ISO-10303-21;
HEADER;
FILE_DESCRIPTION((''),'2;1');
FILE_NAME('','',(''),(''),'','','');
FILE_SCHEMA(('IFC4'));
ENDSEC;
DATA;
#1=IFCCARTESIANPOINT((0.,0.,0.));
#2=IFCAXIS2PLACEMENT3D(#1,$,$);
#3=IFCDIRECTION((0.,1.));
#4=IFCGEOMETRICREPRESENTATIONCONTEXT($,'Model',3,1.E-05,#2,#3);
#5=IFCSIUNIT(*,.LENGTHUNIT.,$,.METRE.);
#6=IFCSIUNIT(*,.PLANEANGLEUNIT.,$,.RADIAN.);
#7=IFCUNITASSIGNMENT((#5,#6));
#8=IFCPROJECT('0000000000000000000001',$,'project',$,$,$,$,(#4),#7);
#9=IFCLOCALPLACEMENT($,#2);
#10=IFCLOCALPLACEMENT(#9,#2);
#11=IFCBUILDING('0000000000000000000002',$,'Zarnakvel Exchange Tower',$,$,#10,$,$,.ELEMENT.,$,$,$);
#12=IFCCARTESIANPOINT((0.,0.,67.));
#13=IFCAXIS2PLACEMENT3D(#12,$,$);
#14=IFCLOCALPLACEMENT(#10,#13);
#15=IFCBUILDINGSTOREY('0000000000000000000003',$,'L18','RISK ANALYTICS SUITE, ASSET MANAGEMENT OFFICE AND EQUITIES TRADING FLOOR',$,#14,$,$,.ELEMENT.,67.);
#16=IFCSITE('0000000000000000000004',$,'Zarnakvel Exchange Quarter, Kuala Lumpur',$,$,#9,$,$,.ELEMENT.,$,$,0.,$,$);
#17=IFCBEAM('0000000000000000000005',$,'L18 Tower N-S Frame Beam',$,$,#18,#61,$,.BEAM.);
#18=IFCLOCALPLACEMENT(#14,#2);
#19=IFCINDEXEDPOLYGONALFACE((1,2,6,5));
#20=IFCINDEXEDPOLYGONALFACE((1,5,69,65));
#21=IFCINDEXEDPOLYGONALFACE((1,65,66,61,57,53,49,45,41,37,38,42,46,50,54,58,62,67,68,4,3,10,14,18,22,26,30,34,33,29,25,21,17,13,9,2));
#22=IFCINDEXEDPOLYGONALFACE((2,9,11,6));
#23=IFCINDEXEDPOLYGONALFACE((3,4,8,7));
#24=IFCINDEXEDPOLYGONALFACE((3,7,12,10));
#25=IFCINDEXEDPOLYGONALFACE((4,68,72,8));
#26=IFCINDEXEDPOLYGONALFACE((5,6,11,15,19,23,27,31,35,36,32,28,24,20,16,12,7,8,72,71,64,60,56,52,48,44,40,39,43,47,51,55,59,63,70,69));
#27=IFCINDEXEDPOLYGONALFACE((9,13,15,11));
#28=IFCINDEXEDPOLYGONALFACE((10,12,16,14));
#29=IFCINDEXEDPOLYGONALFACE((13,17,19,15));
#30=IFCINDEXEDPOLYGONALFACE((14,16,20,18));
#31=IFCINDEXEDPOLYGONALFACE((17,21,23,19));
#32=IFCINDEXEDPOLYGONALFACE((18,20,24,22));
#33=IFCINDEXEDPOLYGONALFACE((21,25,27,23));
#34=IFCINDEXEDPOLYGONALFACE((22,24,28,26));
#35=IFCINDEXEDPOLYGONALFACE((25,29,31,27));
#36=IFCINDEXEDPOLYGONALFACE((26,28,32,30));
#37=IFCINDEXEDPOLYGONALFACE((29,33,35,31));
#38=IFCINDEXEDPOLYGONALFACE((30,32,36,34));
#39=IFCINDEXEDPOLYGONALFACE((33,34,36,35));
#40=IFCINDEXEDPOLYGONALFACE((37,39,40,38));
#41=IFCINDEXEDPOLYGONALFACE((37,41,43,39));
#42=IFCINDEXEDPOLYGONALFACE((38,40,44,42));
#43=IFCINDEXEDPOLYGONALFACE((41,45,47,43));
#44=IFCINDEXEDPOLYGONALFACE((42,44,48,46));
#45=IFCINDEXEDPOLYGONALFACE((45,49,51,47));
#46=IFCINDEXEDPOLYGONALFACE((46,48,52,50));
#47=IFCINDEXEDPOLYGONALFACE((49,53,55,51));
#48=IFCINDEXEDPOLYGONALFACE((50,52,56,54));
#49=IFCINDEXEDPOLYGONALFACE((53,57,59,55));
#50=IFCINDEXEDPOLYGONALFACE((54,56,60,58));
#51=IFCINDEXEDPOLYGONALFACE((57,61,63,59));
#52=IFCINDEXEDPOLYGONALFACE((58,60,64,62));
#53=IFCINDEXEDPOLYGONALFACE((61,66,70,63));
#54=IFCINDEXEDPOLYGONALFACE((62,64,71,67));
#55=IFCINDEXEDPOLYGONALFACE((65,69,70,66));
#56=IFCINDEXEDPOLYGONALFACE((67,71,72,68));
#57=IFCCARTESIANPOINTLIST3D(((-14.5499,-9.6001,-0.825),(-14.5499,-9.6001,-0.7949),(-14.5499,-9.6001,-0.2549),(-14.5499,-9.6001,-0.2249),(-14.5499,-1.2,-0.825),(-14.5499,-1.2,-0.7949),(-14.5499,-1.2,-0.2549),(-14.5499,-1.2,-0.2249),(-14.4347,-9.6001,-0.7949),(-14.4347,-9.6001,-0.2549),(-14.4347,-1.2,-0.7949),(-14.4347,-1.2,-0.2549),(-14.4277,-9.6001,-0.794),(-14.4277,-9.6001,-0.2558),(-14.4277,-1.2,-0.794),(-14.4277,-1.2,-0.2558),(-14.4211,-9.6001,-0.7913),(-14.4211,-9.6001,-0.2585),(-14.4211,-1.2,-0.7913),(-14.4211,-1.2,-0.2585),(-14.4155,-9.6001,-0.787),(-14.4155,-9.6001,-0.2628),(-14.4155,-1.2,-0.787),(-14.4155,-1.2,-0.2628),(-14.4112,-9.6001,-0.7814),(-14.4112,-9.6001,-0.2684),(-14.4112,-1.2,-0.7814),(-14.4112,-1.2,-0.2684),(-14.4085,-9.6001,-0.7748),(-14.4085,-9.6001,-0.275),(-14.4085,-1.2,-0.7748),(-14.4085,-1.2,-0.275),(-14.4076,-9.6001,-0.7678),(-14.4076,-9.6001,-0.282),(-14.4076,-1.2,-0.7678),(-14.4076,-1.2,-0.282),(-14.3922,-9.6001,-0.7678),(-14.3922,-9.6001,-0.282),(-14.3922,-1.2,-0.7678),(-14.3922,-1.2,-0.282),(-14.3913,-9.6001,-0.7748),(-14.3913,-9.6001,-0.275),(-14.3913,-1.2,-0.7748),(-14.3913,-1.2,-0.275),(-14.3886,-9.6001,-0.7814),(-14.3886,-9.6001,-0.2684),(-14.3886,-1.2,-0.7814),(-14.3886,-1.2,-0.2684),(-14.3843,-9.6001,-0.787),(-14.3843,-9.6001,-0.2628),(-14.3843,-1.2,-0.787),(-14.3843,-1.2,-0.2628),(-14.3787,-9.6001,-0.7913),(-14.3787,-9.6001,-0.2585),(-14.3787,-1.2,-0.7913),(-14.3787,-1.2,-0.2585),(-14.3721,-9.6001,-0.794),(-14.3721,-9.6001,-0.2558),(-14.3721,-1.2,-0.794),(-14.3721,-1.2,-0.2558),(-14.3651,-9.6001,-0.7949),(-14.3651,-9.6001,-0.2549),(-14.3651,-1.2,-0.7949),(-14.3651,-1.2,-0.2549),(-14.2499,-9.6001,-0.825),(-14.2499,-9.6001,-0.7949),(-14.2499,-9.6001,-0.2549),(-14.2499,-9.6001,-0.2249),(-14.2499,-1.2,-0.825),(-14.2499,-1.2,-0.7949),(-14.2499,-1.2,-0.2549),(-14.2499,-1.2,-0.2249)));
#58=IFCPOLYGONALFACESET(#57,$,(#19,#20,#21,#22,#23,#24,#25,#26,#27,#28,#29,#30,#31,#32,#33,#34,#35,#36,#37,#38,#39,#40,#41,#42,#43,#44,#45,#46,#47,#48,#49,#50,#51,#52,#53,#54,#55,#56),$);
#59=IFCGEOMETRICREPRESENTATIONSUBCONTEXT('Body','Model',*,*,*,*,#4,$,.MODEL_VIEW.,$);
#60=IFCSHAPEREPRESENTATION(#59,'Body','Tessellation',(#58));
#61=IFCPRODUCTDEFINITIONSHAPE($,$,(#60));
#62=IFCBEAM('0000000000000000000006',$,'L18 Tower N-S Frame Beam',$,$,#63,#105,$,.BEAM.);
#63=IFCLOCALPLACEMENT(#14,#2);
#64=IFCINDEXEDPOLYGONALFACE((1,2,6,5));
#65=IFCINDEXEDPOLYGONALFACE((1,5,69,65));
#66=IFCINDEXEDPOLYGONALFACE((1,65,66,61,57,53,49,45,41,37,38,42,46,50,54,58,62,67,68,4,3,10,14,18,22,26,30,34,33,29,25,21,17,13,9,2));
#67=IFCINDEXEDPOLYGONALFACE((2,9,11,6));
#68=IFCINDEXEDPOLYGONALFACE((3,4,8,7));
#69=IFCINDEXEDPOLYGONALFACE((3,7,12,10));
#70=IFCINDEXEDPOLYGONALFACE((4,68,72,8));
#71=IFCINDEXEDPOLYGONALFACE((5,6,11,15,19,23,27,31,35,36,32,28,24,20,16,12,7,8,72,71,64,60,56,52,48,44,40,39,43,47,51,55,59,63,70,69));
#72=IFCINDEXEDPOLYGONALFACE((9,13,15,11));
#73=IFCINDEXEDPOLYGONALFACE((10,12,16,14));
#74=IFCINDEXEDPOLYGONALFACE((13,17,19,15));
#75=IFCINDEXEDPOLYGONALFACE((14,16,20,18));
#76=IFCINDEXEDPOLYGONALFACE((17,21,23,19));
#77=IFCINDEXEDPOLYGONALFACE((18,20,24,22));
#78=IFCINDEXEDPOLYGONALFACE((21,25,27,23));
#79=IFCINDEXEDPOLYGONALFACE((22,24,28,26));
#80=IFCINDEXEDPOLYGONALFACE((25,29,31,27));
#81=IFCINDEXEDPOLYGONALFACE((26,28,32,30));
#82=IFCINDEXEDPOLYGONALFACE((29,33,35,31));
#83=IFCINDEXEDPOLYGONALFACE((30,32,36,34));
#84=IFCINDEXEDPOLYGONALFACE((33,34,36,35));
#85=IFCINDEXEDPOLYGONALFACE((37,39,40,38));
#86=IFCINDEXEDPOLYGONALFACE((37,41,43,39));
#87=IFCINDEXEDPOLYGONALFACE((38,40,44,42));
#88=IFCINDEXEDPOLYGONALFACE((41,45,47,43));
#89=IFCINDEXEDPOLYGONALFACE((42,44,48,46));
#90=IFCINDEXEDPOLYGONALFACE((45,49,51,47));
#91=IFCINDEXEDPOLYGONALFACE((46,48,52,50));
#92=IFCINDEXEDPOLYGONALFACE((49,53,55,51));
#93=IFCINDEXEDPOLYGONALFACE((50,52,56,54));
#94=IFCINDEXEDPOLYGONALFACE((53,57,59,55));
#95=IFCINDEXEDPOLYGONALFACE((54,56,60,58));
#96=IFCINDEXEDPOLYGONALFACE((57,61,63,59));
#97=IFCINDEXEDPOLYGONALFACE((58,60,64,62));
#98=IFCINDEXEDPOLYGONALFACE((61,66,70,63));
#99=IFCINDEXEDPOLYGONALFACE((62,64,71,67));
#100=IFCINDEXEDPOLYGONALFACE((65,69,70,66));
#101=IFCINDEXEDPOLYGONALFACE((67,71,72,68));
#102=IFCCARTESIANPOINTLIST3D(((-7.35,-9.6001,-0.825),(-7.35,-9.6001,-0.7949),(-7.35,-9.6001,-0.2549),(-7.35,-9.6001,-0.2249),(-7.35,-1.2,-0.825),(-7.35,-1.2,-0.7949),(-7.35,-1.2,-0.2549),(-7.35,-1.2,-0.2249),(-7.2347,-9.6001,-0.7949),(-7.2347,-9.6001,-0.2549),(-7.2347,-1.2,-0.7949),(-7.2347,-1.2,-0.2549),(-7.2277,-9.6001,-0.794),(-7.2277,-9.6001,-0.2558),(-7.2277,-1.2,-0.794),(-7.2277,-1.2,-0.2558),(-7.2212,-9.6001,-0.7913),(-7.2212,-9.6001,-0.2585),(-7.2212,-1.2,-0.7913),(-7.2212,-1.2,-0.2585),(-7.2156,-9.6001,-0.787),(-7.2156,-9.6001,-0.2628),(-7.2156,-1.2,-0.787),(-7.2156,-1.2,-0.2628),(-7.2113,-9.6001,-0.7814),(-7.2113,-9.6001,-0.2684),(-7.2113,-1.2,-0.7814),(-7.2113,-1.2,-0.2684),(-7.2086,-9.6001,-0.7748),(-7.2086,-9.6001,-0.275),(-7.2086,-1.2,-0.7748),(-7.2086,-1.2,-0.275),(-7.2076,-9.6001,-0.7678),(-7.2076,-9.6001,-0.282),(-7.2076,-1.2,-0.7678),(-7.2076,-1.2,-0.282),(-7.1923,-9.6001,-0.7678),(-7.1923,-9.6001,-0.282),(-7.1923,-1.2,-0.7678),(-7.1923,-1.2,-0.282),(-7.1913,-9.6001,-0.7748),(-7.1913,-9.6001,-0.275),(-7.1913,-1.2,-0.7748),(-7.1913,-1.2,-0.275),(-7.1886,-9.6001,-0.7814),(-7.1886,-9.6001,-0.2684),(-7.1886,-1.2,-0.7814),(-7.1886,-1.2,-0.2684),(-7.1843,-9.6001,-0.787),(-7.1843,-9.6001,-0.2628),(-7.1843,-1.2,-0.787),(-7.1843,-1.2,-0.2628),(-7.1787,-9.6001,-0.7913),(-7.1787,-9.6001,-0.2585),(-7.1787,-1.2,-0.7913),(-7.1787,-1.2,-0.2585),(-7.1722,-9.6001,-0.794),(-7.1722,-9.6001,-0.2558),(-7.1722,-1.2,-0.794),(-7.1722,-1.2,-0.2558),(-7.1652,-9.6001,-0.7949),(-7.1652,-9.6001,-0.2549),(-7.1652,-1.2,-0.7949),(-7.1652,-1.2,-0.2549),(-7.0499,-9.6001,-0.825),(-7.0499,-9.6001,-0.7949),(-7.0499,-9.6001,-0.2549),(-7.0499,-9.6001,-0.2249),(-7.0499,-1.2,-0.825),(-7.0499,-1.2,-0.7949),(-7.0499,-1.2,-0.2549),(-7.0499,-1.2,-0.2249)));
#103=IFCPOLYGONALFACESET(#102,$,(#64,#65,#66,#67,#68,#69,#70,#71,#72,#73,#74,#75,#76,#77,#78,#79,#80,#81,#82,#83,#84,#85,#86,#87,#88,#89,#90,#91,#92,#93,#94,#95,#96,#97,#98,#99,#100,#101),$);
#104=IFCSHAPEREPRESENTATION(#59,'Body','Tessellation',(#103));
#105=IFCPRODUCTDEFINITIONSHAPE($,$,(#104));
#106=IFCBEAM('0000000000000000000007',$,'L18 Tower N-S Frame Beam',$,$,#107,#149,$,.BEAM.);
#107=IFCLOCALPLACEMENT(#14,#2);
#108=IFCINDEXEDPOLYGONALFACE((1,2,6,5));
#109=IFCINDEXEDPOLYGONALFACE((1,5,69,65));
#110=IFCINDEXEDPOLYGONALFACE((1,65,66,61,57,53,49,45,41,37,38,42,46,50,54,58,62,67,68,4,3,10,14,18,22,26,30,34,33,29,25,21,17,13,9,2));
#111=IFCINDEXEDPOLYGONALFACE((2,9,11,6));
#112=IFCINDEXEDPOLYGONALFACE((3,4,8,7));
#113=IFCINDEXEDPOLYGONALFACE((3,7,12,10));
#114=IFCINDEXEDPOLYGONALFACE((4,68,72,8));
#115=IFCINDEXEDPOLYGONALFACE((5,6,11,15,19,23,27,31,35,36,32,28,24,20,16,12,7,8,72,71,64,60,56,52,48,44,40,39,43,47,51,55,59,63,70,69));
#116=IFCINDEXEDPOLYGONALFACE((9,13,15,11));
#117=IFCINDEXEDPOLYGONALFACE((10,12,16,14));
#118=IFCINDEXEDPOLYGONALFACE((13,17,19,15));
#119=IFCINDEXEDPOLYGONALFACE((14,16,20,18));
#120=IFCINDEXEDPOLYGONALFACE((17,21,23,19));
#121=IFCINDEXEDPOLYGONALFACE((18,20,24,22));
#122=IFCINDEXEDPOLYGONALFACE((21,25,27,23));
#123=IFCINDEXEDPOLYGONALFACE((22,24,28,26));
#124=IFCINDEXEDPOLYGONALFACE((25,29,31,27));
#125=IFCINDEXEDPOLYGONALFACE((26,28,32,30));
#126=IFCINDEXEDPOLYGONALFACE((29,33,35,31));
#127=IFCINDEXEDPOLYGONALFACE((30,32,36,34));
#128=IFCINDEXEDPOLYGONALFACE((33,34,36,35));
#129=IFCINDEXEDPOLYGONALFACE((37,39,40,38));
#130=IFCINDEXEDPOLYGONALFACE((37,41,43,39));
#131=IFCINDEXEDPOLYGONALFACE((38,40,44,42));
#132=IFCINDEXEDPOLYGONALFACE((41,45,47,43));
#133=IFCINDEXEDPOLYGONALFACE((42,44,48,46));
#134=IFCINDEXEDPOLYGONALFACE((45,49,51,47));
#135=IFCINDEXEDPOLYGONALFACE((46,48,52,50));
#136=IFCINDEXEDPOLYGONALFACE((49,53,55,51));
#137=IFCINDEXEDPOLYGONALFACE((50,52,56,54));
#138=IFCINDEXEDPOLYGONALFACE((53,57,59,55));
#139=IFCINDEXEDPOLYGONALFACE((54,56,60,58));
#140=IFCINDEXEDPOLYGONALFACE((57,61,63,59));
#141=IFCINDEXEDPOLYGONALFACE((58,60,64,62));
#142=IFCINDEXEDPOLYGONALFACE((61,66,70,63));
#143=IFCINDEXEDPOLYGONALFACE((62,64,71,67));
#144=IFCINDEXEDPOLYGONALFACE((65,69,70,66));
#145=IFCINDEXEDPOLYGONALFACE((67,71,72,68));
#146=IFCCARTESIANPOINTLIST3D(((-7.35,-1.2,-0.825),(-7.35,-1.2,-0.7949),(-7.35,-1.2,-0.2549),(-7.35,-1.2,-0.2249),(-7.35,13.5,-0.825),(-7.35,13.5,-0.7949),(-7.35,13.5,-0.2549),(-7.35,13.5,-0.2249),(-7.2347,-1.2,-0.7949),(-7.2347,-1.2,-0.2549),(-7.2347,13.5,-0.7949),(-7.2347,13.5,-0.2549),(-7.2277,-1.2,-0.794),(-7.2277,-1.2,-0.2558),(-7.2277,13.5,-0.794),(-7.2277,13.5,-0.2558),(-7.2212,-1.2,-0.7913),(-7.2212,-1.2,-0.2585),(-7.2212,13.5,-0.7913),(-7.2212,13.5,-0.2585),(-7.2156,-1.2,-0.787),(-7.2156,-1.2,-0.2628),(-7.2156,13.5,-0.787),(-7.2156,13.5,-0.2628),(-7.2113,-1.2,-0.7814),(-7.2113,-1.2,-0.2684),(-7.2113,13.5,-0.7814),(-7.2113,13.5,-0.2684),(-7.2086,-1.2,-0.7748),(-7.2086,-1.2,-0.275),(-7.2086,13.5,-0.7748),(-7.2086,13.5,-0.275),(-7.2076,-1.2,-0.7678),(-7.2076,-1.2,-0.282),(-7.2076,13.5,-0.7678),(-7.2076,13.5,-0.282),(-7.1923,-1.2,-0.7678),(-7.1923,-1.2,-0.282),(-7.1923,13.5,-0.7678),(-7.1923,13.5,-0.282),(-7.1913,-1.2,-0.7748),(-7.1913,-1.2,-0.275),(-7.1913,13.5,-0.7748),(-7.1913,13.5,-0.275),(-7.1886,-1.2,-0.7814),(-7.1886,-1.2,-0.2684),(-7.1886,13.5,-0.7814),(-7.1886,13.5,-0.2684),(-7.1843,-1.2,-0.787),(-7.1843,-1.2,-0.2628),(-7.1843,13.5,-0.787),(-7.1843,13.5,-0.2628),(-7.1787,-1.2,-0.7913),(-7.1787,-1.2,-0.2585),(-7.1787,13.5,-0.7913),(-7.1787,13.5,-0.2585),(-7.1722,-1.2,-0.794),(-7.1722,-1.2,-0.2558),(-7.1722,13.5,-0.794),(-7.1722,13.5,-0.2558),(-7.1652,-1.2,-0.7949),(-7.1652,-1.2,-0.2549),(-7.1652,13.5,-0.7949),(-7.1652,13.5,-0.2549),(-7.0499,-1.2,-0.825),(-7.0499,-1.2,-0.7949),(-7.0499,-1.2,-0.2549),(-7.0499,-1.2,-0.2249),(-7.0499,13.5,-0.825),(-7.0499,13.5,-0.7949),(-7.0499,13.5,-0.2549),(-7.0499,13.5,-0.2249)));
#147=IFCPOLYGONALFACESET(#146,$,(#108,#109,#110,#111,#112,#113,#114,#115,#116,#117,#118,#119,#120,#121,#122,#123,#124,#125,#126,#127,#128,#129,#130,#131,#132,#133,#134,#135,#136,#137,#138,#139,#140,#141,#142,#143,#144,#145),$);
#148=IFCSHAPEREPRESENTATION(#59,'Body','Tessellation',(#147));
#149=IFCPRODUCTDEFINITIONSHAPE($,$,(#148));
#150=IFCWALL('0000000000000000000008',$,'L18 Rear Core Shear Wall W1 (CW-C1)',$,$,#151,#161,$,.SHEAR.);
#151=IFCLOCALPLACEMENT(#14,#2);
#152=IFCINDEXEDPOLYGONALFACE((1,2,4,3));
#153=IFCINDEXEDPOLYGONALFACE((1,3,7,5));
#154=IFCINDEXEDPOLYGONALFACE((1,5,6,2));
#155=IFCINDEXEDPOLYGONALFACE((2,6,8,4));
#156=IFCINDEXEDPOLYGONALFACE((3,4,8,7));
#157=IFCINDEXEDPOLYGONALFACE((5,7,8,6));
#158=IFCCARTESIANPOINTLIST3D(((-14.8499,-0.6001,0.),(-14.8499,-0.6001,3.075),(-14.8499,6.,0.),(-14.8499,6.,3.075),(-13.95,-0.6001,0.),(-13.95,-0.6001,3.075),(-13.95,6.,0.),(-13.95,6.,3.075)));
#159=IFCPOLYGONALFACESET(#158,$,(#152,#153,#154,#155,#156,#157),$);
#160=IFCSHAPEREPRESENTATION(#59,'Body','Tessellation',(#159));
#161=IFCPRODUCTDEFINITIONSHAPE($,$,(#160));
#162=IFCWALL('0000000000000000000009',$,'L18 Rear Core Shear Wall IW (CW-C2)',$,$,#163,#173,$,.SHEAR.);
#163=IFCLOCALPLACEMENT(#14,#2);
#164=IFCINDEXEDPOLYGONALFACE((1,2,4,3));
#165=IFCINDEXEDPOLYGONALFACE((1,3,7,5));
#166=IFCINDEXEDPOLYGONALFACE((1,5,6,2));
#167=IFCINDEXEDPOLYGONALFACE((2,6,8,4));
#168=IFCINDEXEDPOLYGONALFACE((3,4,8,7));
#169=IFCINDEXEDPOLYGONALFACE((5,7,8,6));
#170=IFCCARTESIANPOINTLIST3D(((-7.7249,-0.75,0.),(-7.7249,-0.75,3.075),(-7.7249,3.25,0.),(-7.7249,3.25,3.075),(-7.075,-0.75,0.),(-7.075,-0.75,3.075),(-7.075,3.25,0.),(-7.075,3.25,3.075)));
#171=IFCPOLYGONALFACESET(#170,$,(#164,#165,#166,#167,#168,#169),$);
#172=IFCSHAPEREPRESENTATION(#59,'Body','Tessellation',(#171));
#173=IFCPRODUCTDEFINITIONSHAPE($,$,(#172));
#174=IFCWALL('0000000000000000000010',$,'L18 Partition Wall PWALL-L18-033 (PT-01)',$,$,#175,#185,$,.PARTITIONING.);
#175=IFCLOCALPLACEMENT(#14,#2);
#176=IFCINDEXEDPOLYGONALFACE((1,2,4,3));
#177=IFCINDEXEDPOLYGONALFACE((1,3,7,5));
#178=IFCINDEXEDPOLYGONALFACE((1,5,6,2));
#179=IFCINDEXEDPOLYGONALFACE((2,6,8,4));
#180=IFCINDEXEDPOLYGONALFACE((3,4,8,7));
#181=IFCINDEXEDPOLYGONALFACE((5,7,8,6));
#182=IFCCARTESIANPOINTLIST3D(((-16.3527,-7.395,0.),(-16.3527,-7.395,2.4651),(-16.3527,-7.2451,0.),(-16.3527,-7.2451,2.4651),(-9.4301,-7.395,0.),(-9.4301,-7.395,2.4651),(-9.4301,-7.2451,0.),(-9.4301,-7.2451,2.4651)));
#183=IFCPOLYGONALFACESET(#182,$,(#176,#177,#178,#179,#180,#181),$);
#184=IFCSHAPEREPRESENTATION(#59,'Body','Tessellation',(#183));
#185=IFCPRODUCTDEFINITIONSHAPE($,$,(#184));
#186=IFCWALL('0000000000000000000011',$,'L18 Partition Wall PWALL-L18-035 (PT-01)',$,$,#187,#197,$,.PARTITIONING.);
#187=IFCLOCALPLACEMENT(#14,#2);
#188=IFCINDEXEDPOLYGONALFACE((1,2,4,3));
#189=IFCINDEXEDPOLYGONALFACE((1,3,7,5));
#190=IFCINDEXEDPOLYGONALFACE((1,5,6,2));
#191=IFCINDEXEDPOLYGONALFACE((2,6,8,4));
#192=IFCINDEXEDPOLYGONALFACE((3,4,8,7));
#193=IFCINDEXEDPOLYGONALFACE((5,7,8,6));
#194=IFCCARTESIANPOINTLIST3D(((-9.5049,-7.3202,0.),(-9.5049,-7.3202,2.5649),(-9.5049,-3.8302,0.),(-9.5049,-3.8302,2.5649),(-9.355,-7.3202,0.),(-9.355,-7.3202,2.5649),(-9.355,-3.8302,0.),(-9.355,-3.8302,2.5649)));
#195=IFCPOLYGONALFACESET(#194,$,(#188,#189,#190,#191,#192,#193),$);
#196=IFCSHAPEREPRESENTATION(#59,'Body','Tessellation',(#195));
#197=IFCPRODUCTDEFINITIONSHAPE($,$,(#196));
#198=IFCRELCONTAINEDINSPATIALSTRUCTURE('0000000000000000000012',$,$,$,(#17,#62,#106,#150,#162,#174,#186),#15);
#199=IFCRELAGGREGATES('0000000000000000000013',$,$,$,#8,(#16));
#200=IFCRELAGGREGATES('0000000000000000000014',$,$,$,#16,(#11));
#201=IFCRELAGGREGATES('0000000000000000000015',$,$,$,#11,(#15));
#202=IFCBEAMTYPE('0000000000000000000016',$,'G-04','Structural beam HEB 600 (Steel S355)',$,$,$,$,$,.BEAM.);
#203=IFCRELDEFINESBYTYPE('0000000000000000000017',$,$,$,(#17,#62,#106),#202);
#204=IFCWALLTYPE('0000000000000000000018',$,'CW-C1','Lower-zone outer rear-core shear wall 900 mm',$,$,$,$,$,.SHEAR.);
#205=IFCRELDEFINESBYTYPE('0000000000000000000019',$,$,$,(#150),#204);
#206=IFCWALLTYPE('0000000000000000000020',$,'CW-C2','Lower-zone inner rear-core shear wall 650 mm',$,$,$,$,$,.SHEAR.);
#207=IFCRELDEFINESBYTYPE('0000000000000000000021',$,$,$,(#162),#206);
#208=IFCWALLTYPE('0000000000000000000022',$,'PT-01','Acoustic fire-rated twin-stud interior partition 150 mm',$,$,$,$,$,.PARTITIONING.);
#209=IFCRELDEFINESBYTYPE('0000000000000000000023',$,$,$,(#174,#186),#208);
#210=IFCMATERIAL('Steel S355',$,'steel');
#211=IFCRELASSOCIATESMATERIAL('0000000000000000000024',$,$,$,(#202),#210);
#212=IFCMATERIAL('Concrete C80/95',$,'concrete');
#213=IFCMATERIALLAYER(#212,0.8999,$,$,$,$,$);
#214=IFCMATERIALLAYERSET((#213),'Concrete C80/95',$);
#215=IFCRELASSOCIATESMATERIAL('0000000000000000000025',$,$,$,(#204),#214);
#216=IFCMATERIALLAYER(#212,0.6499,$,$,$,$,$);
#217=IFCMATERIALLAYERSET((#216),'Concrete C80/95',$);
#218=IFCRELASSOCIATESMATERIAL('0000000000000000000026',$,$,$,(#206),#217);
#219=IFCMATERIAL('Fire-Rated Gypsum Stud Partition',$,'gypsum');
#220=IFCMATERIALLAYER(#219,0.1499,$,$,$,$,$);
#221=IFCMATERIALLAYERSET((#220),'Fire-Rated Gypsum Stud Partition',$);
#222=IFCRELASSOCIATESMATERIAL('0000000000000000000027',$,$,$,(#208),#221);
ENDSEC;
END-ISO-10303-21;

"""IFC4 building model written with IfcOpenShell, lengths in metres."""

from ifc_helpers import new_model, si_unit, direction, frame, frame_2d, origin, origin_2d, place, context, subcontext, project, spatial, rectangle, i_section, extrude, material, layer, layer_set, material_profile, profile_set, type_object, element, save


model = new_model("IFC4")

# Units and contexts
model_context = context("Model", 3, precision=1e-05, world=origin(), true_north=direction((0.0, 1.0)))
body_context = subcontext(model_context, "Body", "Model", "MODEL_VIEW")
ifc_project = project(units=[si_unit("LENGTHUNIT", "METRE"), si_unit("PLANEANGLEUNIT", "RADIAN")], contexts=[model_context])

# Site, building, storey
site_placement = place(None, origin())
site = spatial("IfcSite", under=ifc_project, at=site_placement, Name="Zarnakvel Exchange Quarter, Kuala Lumpur", CompositionType="ELEMENT", RefElevation=0.0)
building_placement = place(site_placement, origin())
building = spatial("IfcBuilding", under=site, at=building_placement, Name="Zarnakvel Exchange Tower", CompositionType="ELEMENT")
storey_placement = place(building_placement, frame((0.0, 0.0, 67.0)))
storey = spatial("IfcBuildingStorey", under=building, at=storey_placement, Name="L18", Description="RISK ANALYTICS SUITE, ASSET MANAGEMENT OFFICE AND EQUITIES TRADING FLOOR", CompositionType="ELEMENT", Elevation=67.0)

# Shared definitions
ifc_material_1 = material(Name="Concrete C80/95", Category="concrete")

# Beams
ifc_material_2 = material(Name="Steel S355", Category="steel")
ifc_material_profile_1 = material_profile(ifc_material_2, i_section(OverallWidth=0.3, OverallDepth=0.6001, WebThickness=0.0154, FlangeThickness=0.03, FilletRadius=0.0271, at=origin_2d()))
ifc_profile_set_1 = profile_set([ifc_material_profile_1], Name="Steel S355")
beam_type_1 = type_object("IfcBeamType", Name="G-04", Description="Structural beam HEB 600 (Steel S355)", PredefinedType="BEAM", material=ifc_profile_set_1)
for number, where, z_axis, x_axis, name in (
    (1, (-14.3999, -9.6001, -0.5249), (0.0, 1.0, 0.0), (-1.0, 0.0, 0.0), "L18 Tower N-S Frame Beam"),
    (2, (-7.2, -9.6001, -0.5249), (0.0, 1.0, 0.0), (-1.0, 0.0, 0.0), "L18 Tower N-S Frame Beam"),
):
    element("IfcBeam", number, at=place(storey_placement, frame(where, z_axis=z_axis, x_axis=x_axis)), inside=storey, type_object=beam_type_1, Name=name, PredefinedType="BEAM", context=body_context, shape_type="SweptSolid", body=[
        extrude(i_section(OverallWidth=0.3, OverallDepth=0.6001, WebThickness=0.0154, FlangeThickness=0.03, FilletRadius=0.0271, at=origin_2d()), origin(), (0.0, 0.0, 1.0), 8.4001),
    ])
beam_1_placement = place(storey_placement, frame((-7.2, -1.2, -0.5249), z_axis=(0.0, 1.0, 0.0), x_axis=(-1.0, 0.0, 0.0)))
element("IfcBeam", 3, at=beam_1_placement, inside=storey, type_object=beam_type_1, Name="L18 Tower N-S Frame Beam", PredefinedType="BEAM", context=body_context, shape_type="SweptSolid", body=[
    extrude(i_section(OverallWidth=0.3, OverallDepth=0.6001, WebThickness=0.0154, FlangeThickness=0.03, FilletRadius=0.0271, at=origin_2d()), origin(), (0.0, 0.0, 1.0), 14.7),
])

# Wall
ifc_layer_1 = layer(ifc_material_1, 0.8999)
ifc_layer_set_1 = layer_set([ifc_layer_1], Name="Concrete C80/95")
wall_type_1 = type_object("IfcWallType", Name="CW-C1", Description="Lower-zone outer rear-core shear wall 900 mm", PredefinedType="SHEAR", material=ifc_layer_set_1)
wall_1_placement = place(storey_placement, frame((-14.3999, -0.6001, 0.0), z_axis=(0.0, 0.0, 1.0), x_axis=(0.0, 1.0, 0.0)))
element("IfcWall", 4, at=wall_1_placement, inside=storey, type_object=wall_type_1, Name="L18 Rear Core Shear Wall W1 (CW-C1)", PredefinedType="SHEAR", context=body_context, shape_type="SweptSolid", body=[
    extrude(rectangle(XDim=6.6001, YDim=0.8999, at=frame_2d((3.3, 0.0))), origin(), (0.0, 0.0, 1.0), 3.075),
])

# Walls
ifc_layer_2 = layer(ifc_material_1, 0.6499)
ifc_layer_set_2 = layer_set([ifc_layer_2], Name="Concrete C80/95")
wall_type_2 = type_object("IfcWallType", Name="CW-C2", Description="Lower-zone inner rear-core shear wall 650 mm", PredefinedType="SHEAR", material=ifc_layer_set_2)
wall_2_placement = place(storey_placement, frame((-7.3999, -0.75, 0.0), z_axis=(0.0, 0.0, 1.0), x_axis=(0.0, 1.0, 0.0)))
element("IfcWall", 5, at=wall_2_placement, inside=storey, type_object=wall_type_2, Name="L18 Rear Core Shear Wall IW (CW-C2)", PredefinedType="SHEAR", context=body_context, shape_type="SweptSolid", body=[
    extrude(rectangle(XDim=4.0, YDim=0.6499, at=frame_2d((2.0, 0.0))), origin(), (0.0, 0.0, 1.0), 3.075),
])
ifc_material_3 = material(Name="Fire-Rated Gypsum Stud Partition", Category="gypsum")
ifc_layer_3 = layer(ifc_material_3, 0.1499)
ifc_layer_set_3 = layer_set([ifc_layer_3], Name="Fire-Rated Gypsum Stud Partition")
wall_type_3 = type_object("IfcWallType", Name="PT-01", Description="Acoustic fire-rated twin-stud interior partition 150 mm", PredefinedType="PARTITIONING", material=ifc_layer_set_3)
wall_3_placement = place(storey_placement, frame((-9.4299, -7.3201, 0.0), z_axis=(0.0, 0.0, 1.0), x_axis=(-1.0, 0.0, 0.0)))
element("IfcWall", 6, at=wall_3_placement, inside=storey, type_object=wall_type_3, Name="L18 Partition Wall PWALL-L18-033 (PT-01)", PredefinedType="PARTITIONING", context=body_context, shape_type="SweptSolid", body=[
    extrude(rectangle(XDim=6.9226, YDim=0.1499, at=frame_2d((3.4614, 0.0))), origin(), (0.0, 0.0, 1.0), 2.4651),
])
wall_4_placement = place(storey_placement, frame((-9.4299, -3.8301, 0.0), z_axis=(0.0, 0.0, 1.0), x_axis=(0.0, -1.0, 0.0)))
element("IfcWall", 7, at=wall_4_placement, inside=storey, type_object=wall_type_3, Name="L18 Partition Wall PWALL-L18-035 (PT-01)", PredefinedType="PARTITIONING", context=body_context, shape_type="SweptSolid", body=[
    extrude(rectangle(XDim=3.49, YDim=0.1499, at=frame_2d((1.7451, 0.0))), origin(), (0.0, 0.0, 1.0), 2.5649),
])

save(model, "model.ifc")
